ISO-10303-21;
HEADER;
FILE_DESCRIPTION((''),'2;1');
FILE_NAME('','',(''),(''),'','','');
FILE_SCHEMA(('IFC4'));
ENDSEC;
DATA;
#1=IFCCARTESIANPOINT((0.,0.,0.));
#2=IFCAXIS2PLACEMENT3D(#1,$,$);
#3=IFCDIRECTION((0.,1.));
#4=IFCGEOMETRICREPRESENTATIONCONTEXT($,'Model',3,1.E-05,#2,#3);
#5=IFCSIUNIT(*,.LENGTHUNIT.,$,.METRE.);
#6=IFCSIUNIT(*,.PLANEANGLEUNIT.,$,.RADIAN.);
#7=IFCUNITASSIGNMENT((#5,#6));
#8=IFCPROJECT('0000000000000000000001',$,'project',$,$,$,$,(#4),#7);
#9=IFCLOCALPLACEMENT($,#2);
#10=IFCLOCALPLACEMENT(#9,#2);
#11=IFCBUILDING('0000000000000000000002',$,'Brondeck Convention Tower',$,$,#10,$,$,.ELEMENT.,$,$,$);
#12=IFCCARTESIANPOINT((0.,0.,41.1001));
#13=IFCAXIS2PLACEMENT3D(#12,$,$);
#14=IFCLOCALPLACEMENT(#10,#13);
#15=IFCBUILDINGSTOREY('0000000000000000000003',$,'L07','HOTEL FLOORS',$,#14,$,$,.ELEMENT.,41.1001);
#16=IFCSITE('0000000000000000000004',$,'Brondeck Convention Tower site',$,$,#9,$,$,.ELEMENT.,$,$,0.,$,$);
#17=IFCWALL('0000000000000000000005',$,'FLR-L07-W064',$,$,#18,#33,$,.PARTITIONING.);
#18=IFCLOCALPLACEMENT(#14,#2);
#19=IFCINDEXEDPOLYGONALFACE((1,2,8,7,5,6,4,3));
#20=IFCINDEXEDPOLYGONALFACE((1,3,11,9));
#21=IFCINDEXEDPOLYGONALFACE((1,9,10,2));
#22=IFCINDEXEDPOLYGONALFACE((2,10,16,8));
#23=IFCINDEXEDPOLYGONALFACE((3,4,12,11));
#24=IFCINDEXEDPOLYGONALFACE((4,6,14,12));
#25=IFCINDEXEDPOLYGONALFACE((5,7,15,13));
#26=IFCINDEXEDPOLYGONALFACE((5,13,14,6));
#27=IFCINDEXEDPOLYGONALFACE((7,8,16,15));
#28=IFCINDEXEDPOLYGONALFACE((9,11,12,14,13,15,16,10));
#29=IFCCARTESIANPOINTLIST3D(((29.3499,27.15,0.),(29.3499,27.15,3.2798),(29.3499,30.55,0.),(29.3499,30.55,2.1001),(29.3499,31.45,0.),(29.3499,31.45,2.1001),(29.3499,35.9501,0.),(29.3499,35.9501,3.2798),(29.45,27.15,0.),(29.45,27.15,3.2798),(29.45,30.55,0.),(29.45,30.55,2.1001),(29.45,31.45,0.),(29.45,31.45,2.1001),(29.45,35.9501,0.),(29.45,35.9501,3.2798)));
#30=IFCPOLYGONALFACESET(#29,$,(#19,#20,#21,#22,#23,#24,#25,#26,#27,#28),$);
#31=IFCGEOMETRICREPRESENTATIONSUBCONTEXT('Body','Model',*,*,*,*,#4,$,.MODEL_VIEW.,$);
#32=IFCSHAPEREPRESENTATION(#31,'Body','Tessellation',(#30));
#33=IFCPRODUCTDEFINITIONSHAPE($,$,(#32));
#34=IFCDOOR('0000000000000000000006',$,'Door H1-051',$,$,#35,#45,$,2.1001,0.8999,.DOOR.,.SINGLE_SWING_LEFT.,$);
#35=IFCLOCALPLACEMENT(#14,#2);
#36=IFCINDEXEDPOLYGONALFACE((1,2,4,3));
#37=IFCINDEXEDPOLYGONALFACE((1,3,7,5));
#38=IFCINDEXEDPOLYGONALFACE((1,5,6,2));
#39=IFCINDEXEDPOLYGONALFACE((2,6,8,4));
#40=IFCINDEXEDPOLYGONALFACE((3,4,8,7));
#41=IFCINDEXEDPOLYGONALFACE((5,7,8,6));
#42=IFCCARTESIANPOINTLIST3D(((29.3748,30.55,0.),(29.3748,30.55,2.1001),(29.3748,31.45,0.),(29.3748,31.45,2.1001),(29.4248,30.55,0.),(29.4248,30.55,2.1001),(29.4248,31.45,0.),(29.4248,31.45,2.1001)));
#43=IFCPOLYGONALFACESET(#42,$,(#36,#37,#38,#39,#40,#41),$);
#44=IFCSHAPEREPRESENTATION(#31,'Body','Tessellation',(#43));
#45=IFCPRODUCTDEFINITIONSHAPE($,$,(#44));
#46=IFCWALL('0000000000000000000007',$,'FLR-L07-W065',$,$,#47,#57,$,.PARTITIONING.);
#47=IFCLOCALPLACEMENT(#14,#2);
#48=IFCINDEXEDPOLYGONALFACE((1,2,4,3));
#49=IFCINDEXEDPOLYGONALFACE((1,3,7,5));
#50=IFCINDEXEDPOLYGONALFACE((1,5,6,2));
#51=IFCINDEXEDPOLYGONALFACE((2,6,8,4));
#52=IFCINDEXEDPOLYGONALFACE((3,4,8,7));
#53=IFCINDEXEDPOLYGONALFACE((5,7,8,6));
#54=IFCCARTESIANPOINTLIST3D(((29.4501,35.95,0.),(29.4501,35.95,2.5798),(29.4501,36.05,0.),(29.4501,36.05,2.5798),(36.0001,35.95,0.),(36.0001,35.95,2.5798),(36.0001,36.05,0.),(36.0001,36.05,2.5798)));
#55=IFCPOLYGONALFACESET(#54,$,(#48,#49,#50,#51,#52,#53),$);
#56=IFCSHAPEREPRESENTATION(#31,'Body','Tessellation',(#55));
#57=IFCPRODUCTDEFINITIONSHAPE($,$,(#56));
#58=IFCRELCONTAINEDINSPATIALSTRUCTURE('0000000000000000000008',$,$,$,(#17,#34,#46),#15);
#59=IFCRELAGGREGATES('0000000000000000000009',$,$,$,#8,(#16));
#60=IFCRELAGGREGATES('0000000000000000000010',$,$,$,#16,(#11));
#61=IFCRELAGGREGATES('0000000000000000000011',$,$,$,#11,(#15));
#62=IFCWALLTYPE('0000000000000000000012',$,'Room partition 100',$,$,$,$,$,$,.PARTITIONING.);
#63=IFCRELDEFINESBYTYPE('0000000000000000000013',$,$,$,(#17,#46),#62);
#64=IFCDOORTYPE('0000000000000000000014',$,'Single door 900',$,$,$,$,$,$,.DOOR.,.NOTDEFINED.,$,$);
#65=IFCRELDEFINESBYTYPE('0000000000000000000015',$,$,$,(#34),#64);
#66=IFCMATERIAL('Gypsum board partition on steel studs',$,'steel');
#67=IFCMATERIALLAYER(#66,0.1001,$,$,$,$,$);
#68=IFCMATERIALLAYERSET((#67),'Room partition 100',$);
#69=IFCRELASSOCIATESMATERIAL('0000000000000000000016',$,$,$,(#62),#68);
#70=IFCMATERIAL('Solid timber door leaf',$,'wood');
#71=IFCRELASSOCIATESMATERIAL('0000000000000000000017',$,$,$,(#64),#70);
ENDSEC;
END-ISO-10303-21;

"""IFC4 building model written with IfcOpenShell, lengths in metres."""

from ifc_helpers import new_model, si_unit, direction, frame, frame_2d, origin, place, context, subcontext, project, spatial, rectangle, extrude, material, layer, layer_set, type_object, element, fill, save


model = new_model("IFC4")

# Units and contexts
model_context = context("Model", 3, precision=1e-05, world=origin(), true_north=direction((0.0, 1.0)))
body_context = subcontext(model_context, "Body", "Model", "MODEL_VIEW")
ifc_project = project(units=[si_unit("LENGTHUNIT", "METRE"), si_unit("PLANEANGLEUNIT", "RADIAN")], contexts=[model_context])

# Site, building, storey
site_placement = place(None, origin())
site = spatial("IfcSite", under=ifc_project, at=site_placement, Name="Brondeck Convention Tower site", CompositionType="ELEMENT", RefElevation=0.0)
building_placement = place(site_placement, origin())
building = spatial("IfcBuilding", under=site, at=building_placement, Name="Brondeck Convention Tower", CompositionType="ELEMENT")
storey_placement = place(building_placement, frame((0.0, 0.0, 41.1001)))
storey = spatial("IfcBuildingStorey", under=building, at=storey_placement, Name="L07", Description="HOTEL FLOORS", CompositionType="ELEMENT", Elevation=41.1001)

# Wall, opening, door
ifc_material_1 = material(Name="Gypsum board partition on steel studs", Category="steel")
ifc_layer_1 = layer(ifc_material_1, 0.1001)
ifc_layer_set_1 = layer_set([ifc_layer_1], Name="Room partition 100")
wall_type_1 = type_object("IfcWallType", Name="Room partition 100", PredefinedType="PARTITIONING", material=ifc_layer_set_1)
wall_1_placement = place(storey_placement, frame((29.3999, 35.95, 0.0), z_axis=(0.0, 0.0, 1.0), x_axis=(0.0, -1.0, 0.0)))
wall_1 = element("IfcWall", 1, at=wall_1_placement, inside=storey, type_object=wall_type_1, Name="FLR-L07-W064", PredefinedType="PARTITIONING", context=body_context, shape_type="SweptSolid", body=[
    extrude(rectangle(XDim=8.8, YDim=0.1001, at=frame_2d((4.3999, 0.0))), origin(), (0.0, 0.0, 1.0), 3.2798),
])
opening_1_placement = place(wall_1_placement, frame((4.5, 0.0, 0.0)))
opening_1 = element("IfcOpeningElement", 2, at=opening_1_placement, cuts=wall_1, PredefinedType="OPENING", context=body_context, shape_type="SweptSolid", body=[
    extrude(rectangle(XDim=0.8999, YDim=2.1001, at=frame_2d((0.45, 1.05))), frame((0.0, 0.0601, 0.0), z_axis=(0.0, -1.0, 0.0), x_axis=(1.0, 0.0, 0.0)), (0.0, 0.0, 1.0), 0.1201),
])
ifc_material_2 = material(Name="Solid timber door leaf", Category="wood")
door_type = type_object("IfcDoorType", Name="Single door 900", OperationType="NOTDEFINED", PredefinedType="DOOR", material=ifc_material_2)
door_placement = place(opening_1_placement, origin())
door = element("IfcDoor", 3, at=door_placement, inside=storey, type_object=door_type, Name="Door H1-051", OperationType="SINGLE_SWING_LEFT", OverallHeight=2.1001, OverallWidth=0.8999, PredefinedType="DOOR", context=body_context, shape_type="SweptSolid", body=[
    extrude(rectangle(XDim=0.8999, YDim=2.1001, at=frame_2d((0.45, 1.05))), frame((0.0, 0.0249, 0.0), z_axis=(0.0, -1.0, 0.0), x_axis=(1.0, 0.0, 0.0)), (0.0, 0.0, 1.0), 0.05),
])
fill(opening_1, door)

# Wall
wall_2_placement = place(storey_placement, frame((36.0, 36.0, 0.0), z_axis=(0.0, 0.0, 1.0), x_axis=(-1.0, 0.0, 0.0)))
element("IfcWall", 4, at=wall_2_placement, inside=storey, type_object=wall_type_1, Name="FLR-L07-W065", PredefinedType="PARTITIONING", context=body_context, shape_type="SweptSolid", body=[
    extrude(rectangle(XDim=6.55, YDim=0.1001, at=frame_2d((3.2749, 0.0))), origin(), (0.0, 0.0, 1.0), 2.5798),
])

save(model, "model.ifc")
